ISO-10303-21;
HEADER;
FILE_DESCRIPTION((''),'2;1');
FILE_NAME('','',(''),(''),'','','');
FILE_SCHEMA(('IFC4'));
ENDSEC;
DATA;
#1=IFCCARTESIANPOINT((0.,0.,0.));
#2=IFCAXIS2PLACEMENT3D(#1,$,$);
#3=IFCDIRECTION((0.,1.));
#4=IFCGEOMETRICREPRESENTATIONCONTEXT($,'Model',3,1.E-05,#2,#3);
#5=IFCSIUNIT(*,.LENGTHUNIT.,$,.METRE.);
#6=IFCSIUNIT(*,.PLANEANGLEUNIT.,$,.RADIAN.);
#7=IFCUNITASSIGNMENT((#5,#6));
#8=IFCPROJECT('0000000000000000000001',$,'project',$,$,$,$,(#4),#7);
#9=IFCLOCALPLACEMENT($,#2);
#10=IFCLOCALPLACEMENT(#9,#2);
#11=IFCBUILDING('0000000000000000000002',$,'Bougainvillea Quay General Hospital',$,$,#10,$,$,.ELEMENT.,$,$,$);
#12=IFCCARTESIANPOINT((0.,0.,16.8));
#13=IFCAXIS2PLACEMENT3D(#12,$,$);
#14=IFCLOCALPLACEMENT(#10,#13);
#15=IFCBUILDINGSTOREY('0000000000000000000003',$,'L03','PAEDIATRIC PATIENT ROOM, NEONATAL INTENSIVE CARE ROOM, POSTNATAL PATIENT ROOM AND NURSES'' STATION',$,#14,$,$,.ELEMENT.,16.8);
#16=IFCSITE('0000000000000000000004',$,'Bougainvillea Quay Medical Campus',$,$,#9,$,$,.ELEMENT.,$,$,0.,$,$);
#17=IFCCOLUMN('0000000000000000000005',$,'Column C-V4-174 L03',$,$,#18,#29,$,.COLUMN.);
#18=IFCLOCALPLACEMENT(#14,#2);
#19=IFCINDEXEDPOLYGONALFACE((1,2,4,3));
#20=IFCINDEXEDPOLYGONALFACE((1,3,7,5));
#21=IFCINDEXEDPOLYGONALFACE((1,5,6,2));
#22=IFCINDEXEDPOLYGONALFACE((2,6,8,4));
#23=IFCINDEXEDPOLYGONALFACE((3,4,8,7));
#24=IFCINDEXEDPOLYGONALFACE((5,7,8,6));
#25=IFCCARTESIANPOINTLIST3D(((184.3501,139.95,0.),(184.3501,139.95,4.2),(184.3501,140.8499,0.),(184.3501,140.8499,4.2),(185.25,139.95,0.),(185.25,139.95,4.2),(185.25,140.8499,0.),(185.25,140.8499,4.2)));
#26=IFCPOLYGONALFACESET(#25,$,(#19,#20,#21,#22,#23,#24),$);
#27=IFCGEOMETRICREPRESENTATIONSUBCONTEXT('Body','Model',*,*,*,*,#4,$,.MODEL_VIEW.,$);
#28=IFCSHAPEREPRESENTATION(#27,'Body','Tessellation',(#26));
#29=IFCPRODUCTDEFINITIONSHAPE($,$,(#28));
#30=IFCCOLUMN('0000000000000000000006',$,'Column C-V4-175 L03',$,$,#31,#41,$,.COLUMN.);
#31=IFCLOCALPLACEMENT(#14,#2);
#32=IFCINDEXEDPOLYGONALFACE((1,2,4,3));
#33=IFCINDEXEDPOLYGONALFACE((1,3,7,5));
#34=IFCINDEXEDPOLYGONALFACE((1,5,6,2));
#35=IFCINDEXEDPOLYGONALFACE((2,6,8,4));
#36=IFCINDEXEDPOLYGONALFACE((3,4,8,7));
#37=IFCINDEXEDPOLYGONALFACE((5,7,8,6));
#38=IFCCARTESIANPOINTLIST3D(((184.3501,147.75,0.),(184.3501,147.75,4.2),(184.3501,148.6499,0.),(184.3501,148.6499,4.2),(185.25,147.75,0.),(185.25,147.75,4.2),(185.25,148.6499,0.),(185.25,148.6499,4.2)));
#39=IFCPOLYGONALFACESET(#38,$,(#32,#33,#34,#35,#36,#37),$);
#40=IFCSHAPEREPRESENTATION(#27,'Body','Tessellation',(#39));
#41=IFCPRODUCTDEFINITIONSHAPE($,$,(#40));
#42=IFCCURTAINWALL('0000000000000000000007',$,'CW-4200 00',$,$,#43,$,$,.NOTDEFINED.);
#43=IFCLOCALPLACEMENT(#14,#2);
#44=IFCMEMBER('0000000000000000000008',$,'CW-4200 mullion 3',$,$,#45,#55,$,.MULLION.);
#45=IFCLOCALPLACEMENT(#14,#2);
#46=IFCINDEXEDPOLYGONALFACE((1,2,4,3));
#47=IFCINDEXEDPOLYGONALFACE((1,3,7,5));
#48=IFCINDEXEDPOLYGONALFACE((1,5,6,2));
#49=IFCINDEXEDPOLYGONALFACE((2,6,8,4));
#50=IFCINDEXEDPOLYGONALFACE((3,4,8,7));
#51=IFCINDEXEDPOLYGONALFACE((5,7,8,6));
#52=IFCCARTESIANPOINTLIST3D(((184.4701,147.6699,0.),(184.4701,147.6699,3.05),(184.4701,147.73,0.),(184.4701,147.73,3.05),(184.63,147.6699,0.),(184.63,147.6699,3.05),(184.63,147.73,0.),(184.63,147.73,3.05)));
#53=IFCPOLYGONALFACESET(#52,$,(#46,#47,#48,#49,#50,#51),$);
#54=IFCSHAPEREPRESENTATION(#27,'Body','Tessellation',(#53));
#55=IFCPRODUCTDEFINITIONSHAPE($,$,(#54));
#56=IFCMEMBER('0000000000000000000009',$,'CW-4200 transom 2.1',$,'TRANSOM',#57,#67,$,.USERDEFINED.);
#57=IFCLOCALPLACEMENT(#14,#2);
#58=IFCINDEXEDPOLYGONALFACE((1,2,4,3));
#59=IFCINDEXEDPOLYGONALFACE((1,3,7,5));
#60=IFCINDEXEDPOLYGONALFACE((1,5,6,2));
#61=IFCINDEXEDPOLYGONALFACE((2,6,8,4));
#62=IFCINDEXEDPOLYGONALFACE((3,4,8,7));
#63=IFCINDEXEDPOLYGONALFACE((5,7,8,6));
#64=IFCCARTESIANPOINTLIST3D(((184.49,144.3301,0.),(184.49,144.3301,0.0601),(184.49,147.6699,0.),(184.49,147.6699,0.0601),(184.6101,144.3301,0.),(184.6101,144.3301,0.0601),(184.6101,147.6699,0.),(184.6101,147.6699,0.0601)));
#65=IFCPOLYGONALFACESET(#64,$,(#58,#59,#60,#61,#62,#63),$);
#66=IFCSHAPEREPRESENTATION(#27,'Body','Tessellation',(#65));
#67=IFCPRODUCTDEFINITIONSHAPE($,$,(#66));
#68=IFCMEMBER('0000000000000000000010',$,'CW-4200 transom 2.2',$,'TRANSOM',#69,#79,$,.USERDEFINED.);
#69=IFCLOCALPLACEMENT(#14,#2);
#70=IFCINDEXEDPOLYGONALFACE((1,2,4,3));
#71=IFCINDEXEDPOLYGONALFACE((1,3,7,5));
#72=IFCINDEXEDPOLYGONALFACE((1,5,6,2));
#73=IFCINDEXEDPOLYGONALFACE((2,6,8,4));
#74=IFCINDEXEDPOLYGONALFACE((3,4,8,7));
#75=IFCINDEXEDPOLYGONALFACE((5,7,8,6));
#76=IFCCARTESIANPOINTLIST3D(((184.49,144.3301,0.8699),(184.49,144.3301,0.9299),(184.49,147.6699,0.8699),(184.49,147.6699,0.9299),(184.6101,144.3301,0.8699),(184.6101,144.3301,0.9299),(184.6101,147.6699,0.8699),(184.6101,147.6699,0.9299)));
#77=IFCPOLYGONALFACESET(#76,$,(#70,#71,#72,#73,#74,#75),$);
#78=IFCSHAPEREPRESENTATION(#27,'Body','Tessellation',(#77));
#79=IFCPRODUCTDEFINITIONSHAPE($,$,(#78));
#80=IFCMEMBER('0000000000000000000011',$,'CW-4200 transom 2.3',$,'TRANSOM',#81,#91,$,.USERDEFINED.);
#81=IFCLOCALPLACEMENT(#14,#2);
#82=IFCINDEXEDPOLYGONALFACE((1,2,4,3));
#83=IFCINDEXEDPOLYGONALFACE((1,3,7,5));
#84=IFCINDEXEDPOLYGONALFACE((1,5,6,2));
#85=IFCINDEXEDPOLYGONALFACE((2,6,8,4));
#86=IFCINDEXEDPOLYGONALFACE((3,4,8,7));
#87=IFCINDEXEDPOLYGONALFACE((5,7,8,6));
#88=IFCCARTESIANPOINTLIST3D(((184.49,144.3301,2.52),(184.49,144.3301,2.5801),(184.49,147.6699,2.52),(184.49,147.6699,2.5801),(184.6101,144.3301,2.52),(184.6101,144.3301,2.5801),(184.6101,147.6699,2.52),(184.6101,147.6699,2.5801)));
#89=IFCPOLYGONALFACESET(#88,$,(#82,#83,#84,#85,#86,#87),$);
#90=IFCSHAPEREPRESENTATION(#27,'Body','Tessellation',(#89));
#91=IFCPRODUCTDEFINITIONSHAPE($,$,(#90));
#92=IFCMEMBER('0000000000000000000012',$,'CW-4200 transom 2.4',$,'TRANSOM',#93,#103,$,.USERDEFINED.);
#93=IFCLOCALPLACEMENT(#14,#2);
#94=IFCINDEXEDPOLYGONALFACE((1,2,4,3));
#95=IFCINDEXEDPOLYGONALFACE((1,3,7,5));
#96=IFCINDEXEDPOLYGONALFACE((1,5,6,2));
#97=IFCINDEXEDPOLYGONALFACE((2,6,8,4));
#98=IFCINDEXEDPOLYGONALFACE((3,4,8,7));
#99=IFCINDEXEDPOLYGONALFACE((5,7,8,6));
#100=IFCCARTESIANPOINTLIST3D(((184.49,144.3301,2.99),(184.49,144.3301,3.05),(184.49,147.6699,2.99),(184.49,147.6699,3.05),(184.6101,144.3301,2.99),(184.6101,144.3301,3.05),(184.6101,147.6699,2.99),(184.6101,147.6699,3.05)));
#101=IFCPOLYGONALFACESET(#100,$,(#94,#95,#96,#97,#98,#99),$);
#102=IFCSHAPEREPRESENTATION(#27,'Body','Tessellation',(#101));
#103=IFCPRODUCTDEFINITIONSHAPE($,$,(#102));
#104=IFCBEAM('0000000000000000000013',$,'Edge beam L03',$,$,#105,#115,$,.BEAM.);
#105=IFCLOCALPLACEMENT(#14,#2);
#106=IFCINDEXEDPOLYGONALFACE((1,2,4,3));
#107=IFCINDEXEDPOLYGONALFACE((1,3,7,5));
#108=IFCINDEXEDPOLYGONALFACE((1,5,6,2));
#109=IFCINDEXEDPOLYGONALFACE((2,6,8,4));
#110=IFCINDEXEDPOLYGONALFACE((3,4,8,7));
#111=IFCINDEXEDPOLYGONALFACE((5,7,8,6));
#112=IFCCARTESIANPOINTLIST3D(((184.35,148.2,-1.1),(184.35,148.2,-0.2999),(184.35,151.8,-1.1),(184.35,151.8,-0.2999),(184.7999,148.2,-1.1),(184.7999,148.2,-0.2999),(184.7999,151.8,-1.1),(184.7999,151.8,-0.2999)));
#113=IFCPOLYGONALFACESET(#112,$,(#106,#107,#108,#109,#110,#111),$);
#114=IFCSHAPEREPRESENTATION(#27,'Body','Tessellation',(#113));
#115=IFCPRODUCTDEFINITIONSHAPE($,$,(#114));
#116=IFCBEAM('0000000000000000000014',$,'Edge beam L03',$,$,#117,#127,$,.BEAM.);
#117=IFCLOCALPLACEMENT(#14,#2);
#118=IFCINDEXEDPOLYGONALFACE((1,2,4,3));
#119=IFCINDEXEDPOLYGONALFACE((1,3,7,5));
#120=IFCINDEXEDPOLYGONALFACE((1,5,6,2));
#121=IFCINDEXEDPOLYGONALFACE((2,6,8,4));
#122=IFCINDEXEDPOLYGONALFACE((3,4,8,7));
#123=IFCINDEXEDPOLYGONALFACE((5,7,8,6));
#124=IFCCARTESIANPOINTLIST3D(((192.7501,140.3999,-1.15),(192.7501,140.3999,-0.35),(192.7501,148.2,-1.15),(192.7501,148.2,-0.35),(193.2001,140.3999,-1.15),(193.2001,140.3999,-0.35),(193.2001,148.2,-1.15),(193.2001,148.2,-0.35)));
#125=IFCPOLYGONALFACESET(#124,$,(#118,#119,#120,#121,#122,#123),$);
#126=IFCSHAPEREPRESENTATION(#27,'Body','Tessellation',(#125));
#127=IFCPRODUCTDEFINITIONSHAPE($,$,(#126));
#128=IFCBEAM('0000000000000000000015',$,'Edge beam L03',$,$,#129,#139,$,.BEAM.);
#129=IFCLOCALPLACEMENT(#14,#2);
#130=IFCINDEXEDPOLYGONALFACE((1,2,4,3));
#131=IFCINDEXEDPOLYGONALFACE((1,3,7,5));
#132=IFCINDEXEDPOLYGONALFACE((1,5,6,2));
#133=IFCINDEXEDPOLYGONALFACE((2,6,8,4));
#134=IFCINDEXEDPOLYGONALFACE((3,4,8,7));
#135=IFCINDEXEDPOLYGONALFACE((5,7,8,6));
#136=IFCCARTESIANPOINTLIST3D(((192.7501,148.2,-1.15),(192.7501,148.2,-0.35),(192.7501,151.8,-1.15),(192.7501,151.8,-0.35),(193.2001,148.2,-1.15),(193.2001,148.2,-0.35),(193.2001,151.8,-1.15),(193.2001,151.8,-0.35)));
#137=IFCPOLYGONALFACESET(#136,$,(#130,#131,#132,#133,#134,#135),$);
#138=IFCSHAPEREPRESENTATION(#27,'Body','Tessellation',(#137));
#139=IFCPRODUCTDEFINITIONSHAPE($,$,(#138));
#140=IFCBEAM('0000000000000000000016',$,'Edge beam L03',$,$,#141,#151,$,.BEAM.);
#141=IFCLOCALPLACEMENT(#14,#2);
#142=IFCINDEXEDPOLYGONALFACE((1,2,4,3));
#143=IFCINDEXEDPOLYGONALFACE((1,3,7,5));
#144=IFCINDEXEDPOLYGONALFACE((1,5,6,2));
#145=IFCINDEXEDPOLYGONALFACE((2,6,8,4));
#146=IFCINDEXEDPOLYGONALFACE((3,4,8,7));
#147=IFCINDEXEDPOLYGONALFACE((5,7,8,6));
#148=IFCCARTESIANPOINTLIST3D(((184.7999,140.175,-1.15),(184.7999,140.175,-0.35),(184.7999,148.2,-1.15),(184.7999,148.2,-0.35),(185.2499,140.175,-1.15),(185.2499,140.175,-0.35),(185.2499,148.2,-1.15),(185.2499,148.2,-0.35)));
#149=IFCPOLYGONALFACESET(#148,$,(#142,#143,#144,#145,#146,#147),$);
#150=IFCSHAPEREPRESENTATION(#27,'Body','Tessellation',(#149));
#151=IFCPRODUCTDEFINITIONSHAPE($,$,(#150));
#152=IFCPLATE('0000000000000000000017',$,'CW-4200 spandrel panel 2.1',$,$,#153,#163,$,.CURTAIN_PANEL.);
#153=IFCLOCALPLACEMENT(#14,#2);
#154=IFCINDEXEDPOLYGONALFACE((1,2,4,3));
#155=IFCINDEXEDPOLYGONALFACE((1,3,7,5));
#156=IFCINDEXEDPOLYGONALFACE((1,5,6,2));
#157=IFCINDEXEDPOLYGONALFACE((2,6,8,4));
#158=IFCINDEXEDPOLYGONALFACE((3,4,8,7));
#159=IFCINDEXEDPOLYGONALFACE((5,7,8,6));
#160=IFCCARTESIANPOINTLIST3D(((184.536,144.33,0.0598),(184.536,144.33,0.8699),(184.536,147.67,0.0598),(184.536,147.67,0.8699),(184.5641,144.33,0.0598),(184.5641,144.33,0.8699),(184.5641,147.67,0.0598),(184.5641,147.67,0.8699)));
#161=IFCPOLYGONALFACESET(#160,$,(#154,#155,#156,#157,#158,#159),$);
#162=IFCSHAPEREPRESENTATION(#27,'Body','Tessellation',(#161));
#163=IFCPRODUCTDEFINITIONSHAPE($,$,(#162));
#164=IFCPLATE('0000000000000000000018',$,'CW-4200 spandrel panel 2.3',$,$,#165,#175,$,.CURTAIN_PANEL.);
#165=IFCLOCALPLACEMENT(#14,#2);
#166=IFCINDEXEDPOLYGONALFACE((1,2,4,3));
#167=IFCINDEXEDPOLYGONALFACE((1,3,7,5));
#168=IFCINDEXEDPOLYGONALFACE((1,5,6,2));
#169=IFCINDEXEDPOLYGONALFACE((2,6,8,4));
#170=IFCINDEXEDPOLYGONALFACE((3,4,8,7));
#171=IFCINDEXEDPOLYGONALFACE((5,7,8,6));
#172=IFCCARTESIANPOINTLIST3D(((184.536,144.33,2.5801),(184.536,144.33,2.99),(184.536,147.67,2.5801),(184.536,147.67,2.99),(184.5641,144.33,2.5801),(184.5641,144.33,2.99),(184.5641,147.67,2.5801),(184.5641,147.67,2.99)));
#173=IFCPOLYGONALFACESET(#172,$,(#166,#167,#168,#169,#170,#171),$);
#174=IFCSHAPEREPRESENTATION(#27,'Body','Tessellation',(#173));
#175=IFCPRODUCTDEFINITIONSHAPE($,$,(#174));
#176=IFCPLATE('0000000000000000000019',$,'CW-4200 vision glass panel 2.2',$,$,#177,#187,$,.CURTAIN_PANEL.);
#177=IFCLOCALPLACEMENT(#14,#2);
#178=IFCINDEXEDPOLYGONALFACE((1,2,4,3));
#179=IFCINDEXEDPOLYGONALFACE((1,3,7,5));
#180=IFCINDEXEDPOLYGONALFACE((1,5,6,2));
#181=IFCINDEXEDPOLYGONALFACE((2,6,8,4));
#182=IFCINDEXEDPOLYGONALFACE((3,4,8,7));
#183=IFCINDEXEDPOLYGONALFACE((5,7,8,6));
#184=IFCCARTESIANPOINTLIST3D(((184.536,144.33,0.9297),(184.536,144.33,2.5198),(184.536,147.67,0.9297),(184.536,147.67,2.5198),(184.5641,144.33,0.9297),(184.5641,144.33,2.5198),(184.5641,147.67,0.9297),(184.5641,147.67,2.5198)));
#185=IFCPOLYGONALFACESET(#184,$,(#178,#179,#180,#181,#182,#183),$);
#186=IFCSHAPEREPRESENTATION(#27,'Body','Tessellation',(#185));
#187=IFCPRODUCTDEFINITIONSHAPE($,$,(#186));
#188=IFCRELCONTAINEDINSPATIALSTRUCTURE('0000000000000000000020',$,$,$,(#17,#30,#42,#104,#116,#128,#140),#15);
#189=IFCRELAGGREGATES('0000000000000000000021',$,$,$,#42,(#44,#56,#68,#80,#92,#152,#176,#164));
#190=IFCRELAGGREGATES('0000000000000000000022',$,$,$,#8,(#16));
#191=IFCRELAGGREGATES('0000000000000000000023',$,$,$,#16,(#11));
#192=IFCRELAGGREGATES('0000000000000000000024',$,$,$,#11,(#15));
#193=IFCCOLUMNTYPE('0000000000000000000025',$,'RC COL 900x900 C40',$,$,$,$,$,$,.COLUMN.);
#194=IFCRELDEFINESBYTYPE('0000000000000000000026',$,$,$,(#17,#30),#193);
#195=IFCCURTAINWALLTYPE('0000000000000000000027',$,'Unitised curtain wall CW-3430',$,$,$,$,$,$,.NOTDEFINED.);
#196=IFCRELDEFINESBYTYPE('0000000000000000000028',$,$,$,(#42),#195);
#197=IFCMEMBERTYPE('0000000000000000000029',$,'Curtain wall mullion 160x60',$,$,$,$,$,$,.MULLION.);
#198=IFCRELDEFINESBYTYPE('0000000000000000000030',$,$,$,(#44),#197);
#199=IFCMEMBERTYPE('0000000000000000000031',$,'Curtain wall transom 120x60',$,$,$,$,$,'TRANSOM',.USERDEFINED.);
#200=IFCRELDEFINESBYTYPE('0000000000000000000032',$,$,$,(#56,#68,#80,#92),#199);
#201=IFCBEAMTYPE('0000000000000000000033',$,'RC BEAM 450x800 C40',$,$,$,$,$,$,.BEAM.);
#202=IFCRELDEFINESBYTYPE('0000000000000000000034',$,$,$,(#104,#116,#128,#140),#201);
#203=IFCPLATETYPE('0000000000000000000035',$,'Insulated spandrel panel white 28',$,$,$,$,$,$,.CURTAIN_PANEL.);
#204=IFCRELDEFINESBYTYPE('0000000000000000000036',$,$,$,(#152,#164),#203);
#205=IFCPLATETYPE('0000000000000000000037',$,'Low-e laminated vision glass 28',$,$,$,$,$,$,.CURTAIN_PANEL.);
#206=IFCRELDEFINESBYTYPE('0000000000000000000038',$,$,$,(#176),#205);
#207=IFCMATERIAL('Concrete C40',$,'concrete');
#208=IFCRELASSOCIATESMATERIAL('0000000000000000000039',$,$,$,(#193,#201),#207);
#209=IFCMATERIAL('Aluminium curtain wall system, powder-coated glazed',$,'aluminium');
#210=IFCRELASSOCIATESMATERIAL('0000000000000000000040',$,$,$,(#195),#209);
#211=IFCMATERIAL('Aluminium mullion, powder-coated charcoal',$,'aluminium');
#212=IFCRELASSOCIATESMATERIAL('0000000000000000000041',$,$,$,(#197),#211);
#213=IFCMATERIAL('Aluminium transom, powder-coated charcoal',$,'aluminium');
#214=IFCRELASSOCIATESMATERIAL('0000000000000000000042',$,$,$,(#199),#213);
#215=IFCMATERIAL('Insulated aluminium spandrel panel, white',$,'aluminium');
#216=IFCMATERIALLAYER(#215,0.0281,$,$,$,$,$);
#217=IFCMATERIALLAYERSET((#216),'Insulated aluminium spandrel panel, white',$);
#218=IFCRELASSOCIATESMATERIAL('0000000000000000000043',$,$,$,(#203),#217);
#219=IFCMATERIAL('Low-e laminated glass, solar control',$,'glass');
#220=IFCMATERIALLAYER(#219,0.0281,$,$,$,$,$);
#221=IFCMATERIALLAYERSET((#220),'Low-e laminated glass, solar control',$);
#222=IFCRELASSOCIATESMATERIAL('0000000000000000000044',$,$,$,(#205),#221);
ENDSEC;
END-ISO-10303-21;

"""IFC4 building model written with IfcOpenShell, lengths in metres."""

from ifc_helpers import new_model, si_unit, direction, frame, origin, origin_2d, place, context, subcontext, project, spatial, rectangle, extrude, material, layer, layer_set, material_profile, profile_set, type_object, element, aggregate, save


model = new_model("IFC4")

# Units and contexts
model_context = context("Model", 3, precision=1e-05, world=origin(), true_north=direction((0.0, 1.0)))
body_context = subcontext(model_context, "Body", "Model", "MODEL_VIEW")
ifc_project = project(units=[si_unit("LENGTHUNIT", "METRE"), si_unit("PLANEANGLEUNIT", "RADIAN")], contexts=[model_context])

# Site, building, storey
site_placement = place(None, origin())
site = spatial("IfcSite", under=ifc_project, at=site_placement, Name="Bougainvillea Quay Medical Campus", CompositionType="ELEMENT", RefElevation=0.0)
building_placement = place(site_placement, origin())
building = spatial("IfcBuilding", under=site, at=building_placement, Name="Bougainvillea Quay General Hospital", CompositionType="ELEMENT")
storey_placement = place(building_placement, frame((0.0, 0.0, 16.8)))
storey = spatial("IfcBuildingStorey", under=building, at=storey_placement, Name="L03", Description="PAEDIATRIC PATIENT ROOM, NEONATAL INTENSIVE CARE ROOM, POSTNATAL PATIENT ROOM AND NURSES' STATION", CompositionType="ELEMENT", Elevation=16.8)

# Columns
ifc_material_1 = material(Name="Concrete C40", Category="concrete")
ifc_material_profile_1 = material_profile(ifc_material_1, rectangle(XDim=0.8999, YDim=0.8999, at=origin_2d()))
ifc_profile_set_1 = profile_set([ifc_material_profile_1], Name="Concrete C40")
column_type = type_object("IfcColumnType", Name="RC COL 900x900 C40", PredefinedType="COLUMN", material=ifc_profile_set_1)
for number, where, z_axis, x_axis, name in (
    (1, (184.8, 140.3999, 0.0), (0.0, 0.0, 1.0), (1.0, 0.0, 0.0), "Column C-V4-174 L03"),
    (2, (184.8, 148.2, 0.0), (0.0, 0.0, 1.0), (1.0, 0.0, 0.0), "Column C-V4-175 L03"),
):
    element("IfcColumn", number, at=place(storey_placement, frame(where, z_axis=z_axis, x_axis=x_axis)), inside=storey, type_object=column_type, Name=name, PredefinedType="COLUMN", context=body_context, shape_type="SweptSolid", body=[
        extrude(rectangle(XDim=0.8999, YDim=0.8999, at=origin_2d()), origin(), (0.0, 0.0, 1.0), 4.2),
    ])

# Curtain wall, members
ifc_material_2 = material(Name="Aluminium curtain wall system, powder-coated glazed", Category="aluminium")
curtain_wall_type = type_object("IfcCurtainWallType", Name="Unitised curtain wall CW-3430", PredefinedType="NOTDEFINED", material=ifc_material_2)
curtain_wall_placement = place(storey_placement, origin())
curtain_wall = element("IfcCurtainWall", 3, at=curtain_wall_placement, inside=storey, type_object=curtain_wall_type, Name="CW-4200 00", PredefinedType="NOTDEFINED")
ifc_material_3 = material(Name="Aluminium mullion, powder-coated charcoal", Category="aluminium")
ifc_material_profile_2 = material_profile(ifc_material_3, rectangle(XDim=0.1599, YDim=0.0601, at=origin_2d()))
ifc_profile_set_2 = profile_set([ifc_material_profile_2], Name="Aluminium mullion, powder-coated charcoal")
member_type_1 = type_object("IfcMemberType", Name="Curtain wall mullion 160x60", PredefinedType="MULLION", material=ifc_profile_set_2)
member_1_placement = place(storey_placement, frame((184.55, 147.7, 0.0), z_axis=(0.0, 0.0, 1.0), x_axis=(-1.0, 0.0, 0.0)))
member_1 = element("IfcMember", 4, at=member_1_placement, type_object=member_type_1, Name="CW-4200 mullion 3", PredefinedType="MULLION", context=body_context, shape_type="SweptSolid", body=[
    extrude(rectangle(XDim=0.1599, YDim=0.0601, at=origin_2d()), origin(), (0.0, 0.0, 1.0), 3.05),
])
ifc_material_4 = material(Name="Aluminium transom, powder-coated charcoal", Category="aluminium")
ifc_material_profile_3 = material_profile(ifc_material_4, rectangle(XDim=0.1201, YDim=0.0601, at=origin_2d()))
ifc_profile_set_3 = profile_set([ifc_material_profile_3], Name="Aluminium transom, powder-coated charcoal")
member_type_2 = type_object("IfcMemberType", Name="Curtain wall transom 120x60", ElementType="TRANSOM", PredefinedType="USERDEFINED", material=ifc_profile_set_3)
member_2_placement = place(storey_placement, frame((184.55, 144.3301, 0.03), z_axis=(0.0, 1.0, 0.0), x_axis=(-1.0, 0.0, 0.0)))
member_2 = element("IfcMember", 5, at=member_2_placement, type_object=member_type_2, Name="CW-4200 transom 2.1", ObjectType="TRANSOM", PredefinedType="USERDEFINED", context=body_context, shape_type="SweptSolid", body=[
    extrude(rectangle(XDim=0.1201, YDim=0.0601, at=origin_2d()), origin(), (0.0, 0.0, 1.0), 3.3398),
])
member_3_placement = place(storey_placement, frame((184.55, 144.3301, 0.8999), z_axis=(0.0, 1.0, 0.0), x_axis=(-1.0, 0.0, 0.0)))
member_3 = element("IfcMember", 6, at=member_3_placement, type_object=member_type_2, Name="CW-4200 transom 2.2", ObjectType="TRANSOM", PredefinedType="USERDEFINED", context=body_context, shape_type="SweptSolid", body=[
    extrude(rectangle(XDim=0.1201, YDim=0.0601, at=origin_2d()), origin(), (0.0, 0.0, 1.0), 3.3398),
])
member_4_placement = place(storey_placement, frame((184.55, 144.3301, 2.55), z_axis=(0.0, 1.0, 0.0), x_axis=(-1.0, 0.0, 0.0)))
member_4 = element("IfcMember", 7, at=member_4_placement, type_object=member_type_2, Name="CW-4200 transom 2.3", ObjectType="TRANSOM", PredefinedType="USERDEFINED", context=body_context, shape_type="SweptSolid", body=[
    extrude(rectangle(XDim=0.1201, YDim=0.0601, at=origin_2d()), origin(), (0.0, 0.0, 1.0), 3.3398),
])
member_5_placement = place(storey_placement, frame((184.55, 144.3301, 3.02), z_axis=(0.0, 1.0, 0.0), x_axis=(-1.0, 0.0, 0.0)))
member_5 = element("IfcMember", 8, at=member_5_placement, type_object=member_type_2, Name="CW-4200 transom 2.4", ObjectType="TRANSOM", PredefinedType="USERDEFINED", context=body_context, shape_type="SweptSolid", body=[
    extrude(rectangle(XDim=0.1201, YDim=0.0601, at=origin_2d()), origin(), (0.0, 0.0, 1.0), 3.3398),
])

# Beams
ifc_material_profile_4 = material_profile(ifc_material_1, rectangle(XDim=0.45, YDim=0.8, at=origin_2d()))
ifc_profile_set_4 = profile_set([ifc_material_profile_4], Name="Concrete C40")
beam_type = type_object("IfcBeamType", Name="RC BEAM 450x800 C40", PredefinedType="BEAM", material=ifc_profile_set_4)
beam_1_placement = place(storey_placement, frame((184.575, 148.2, -0.7), z_axis=(0.0, 1.0, 0.0), x_axis=(-1.0, 0.0, 0.0)))
element("IfcBeam", 9, at=beam_1_placement, inside=storey, type_object=beam_type, Name="Edge beam L03", PredefinedType="BEAM", context=body_context, shape_type="SweptSolid", body=[
    extrude(rectangle(XDim=0.45, YDim=0.8, at=origin_2d()), origin(), (0.0, 0.0, 1.0), 3.6001),
])
beam_2_placement = place(storey_placement, frame((192.9751, 140.3999, -0.75), z_axis=(0.0, 1.0, 0.0), x_axis=(-1.0, 0.0, 0.0)))
element("IfcBeam", 10, at=beam_2_placement, inside=storey, type_object=beam_type, Name="Edge beam L03", PredefinedType="BEAM", context=body_context, shape_type="SweptSolid", body=[
    extrude(rectangle(XDim=0.45, YDim=0.8, at=origin_2d()), origin(), (0.0, 0.0, 1.0), 7.8),
])
beam_3_placement = place(storey_placement, frame((192.9751, 148.2, -0.75), z_axis=(0.0, 1.0, 0.0), x_axis=(-1.0, 0.0, 0.0)))
element("IfcBeam", 11, at=beam_3_placement, inside=storey, type_object=beam_type, Name="Edge beam L03", PredefinedType="BEAM", context=body_context, shape_type="SweptSolid", body=[
    extrude(rectangle(XDim=0.45, YDim=0.8, at=origin_2d()), origin(), (0.0, 0.0, 1.0), 3.6001),
])
beam_4_placement = place(storey_placement, frame((185.0249, 148.2, -0.75), z_axis=(0.0, -1.0, 0.0), x_axis=(1.0, 0.0, 0.0)))
element("IfcBeam", 12, at=beam_4_placement, inside=storey, type_object=beam_type, Name="Edge beam L03", PredefinedType="BEAM", context=body_context, shape_type="SweptSolid", body=[
    extrude(rectangle(XDim=0.45, YDim=0.8, at=origin_2d()), origin(), (0.0, 0.0, 1.0), 8.0249),
])

# Plates
ifc_material_5 = material(Name="Insulated aluminium spandrel panel, white", Category="aluminium")
ifc_layer_1 = layer(ifc_material_5, 0.0281)
ifc_layer_set_1 = layer_set([ifc_layer_1], Name="Insulated aluminium spandrel panel, white")
plate_type_1 = type_object("IfcPlateType", Name="Insulated spandrel panel white 28", PredefinedType="CURTAIN_PANEL", material=ifc_layer_set_1)
plate_1_placement = place(storey_placement, frame((184.55, 146.0, 0.0598), z_axis=(0.0, 0.0, 1.0), x_axis=(0.0, 1.0, 0.0)))
plate_1 = element("IfcPlate", 13, at=plate_1_placement, type_object=plate_type_1, Name="CW-4200 spandrel panel 2.1", PredefinedType="CURTAIN_PANEL", context=body_context, shape_type="SweptSolid", body=[
    extrude(rectangle(XDim=3.3401, YDim=0.0281, at=origin_2d()), origin(), (0.0, 0.0, 1.0), 0.8101),
])
plate_2_placement = place(storey_placement, frame((184.55, 146.0, 2.5801), z_axis=(0.0, 0.0, 1.0), x_axis=(0.0, 1.0, 0.0)))
plate_2 = element("IfcPlate", 14, at=plate_2_placement, type_object=plate_type_1, Name="CW-4200 spandrel panel 2.3", PredefinedType="CURTAIN_PANEL", context=body_context, shape_type="SweptSolid", body=[
    extrude(rectangle(XDim=3.3401, YDim=0.0281, at=origin_2d()), origin(), (0.0, 0.0, 1.0), 0.4099),
])
ifc_material_6 = material(Name="Low-e laminated glass, solar control", Category="glass")
ifc_layer_2 = layer(ifc_material_6, 0.0281)
ifc_layer_set_2 = layer_set([ifc_layer_2], Name="Low-e laminated glass, solar control")
plate_type_2 = type_object("IfcPlateType", Name="Low-e laminated vision glass 28", PredefinedType="CURTAIN_PANEL", material=ifc_layer_set_2)
plate_3_placement = place(storey_placement, frame((184.55, 146.0, 0.9297), z_axis=(0.0, 0.0, 1.0), x_axis=(0.0, 1.0, 0.0)))
plate_3 = element("IfcPlate", 15, at=plate_3_placement, type_object=plate_type_2, Name="CW-4200 vision glass panel 2.2", PredefinedType="CURTAIN_PANEL", context=body_context, shape_type="SweptSolid", body=[
    extrude(rectangle(XDim=3.3401, YDim=0.0281, at=origin_2d()), origin(), (0.0, 0.0, 1.0), 1.5901),
])
aggregate(curtain_wall, [member_1, member_2, member_3, member_4, member_5, plate_1, plate_3, plate_2])

save(model, "model.ifc")
